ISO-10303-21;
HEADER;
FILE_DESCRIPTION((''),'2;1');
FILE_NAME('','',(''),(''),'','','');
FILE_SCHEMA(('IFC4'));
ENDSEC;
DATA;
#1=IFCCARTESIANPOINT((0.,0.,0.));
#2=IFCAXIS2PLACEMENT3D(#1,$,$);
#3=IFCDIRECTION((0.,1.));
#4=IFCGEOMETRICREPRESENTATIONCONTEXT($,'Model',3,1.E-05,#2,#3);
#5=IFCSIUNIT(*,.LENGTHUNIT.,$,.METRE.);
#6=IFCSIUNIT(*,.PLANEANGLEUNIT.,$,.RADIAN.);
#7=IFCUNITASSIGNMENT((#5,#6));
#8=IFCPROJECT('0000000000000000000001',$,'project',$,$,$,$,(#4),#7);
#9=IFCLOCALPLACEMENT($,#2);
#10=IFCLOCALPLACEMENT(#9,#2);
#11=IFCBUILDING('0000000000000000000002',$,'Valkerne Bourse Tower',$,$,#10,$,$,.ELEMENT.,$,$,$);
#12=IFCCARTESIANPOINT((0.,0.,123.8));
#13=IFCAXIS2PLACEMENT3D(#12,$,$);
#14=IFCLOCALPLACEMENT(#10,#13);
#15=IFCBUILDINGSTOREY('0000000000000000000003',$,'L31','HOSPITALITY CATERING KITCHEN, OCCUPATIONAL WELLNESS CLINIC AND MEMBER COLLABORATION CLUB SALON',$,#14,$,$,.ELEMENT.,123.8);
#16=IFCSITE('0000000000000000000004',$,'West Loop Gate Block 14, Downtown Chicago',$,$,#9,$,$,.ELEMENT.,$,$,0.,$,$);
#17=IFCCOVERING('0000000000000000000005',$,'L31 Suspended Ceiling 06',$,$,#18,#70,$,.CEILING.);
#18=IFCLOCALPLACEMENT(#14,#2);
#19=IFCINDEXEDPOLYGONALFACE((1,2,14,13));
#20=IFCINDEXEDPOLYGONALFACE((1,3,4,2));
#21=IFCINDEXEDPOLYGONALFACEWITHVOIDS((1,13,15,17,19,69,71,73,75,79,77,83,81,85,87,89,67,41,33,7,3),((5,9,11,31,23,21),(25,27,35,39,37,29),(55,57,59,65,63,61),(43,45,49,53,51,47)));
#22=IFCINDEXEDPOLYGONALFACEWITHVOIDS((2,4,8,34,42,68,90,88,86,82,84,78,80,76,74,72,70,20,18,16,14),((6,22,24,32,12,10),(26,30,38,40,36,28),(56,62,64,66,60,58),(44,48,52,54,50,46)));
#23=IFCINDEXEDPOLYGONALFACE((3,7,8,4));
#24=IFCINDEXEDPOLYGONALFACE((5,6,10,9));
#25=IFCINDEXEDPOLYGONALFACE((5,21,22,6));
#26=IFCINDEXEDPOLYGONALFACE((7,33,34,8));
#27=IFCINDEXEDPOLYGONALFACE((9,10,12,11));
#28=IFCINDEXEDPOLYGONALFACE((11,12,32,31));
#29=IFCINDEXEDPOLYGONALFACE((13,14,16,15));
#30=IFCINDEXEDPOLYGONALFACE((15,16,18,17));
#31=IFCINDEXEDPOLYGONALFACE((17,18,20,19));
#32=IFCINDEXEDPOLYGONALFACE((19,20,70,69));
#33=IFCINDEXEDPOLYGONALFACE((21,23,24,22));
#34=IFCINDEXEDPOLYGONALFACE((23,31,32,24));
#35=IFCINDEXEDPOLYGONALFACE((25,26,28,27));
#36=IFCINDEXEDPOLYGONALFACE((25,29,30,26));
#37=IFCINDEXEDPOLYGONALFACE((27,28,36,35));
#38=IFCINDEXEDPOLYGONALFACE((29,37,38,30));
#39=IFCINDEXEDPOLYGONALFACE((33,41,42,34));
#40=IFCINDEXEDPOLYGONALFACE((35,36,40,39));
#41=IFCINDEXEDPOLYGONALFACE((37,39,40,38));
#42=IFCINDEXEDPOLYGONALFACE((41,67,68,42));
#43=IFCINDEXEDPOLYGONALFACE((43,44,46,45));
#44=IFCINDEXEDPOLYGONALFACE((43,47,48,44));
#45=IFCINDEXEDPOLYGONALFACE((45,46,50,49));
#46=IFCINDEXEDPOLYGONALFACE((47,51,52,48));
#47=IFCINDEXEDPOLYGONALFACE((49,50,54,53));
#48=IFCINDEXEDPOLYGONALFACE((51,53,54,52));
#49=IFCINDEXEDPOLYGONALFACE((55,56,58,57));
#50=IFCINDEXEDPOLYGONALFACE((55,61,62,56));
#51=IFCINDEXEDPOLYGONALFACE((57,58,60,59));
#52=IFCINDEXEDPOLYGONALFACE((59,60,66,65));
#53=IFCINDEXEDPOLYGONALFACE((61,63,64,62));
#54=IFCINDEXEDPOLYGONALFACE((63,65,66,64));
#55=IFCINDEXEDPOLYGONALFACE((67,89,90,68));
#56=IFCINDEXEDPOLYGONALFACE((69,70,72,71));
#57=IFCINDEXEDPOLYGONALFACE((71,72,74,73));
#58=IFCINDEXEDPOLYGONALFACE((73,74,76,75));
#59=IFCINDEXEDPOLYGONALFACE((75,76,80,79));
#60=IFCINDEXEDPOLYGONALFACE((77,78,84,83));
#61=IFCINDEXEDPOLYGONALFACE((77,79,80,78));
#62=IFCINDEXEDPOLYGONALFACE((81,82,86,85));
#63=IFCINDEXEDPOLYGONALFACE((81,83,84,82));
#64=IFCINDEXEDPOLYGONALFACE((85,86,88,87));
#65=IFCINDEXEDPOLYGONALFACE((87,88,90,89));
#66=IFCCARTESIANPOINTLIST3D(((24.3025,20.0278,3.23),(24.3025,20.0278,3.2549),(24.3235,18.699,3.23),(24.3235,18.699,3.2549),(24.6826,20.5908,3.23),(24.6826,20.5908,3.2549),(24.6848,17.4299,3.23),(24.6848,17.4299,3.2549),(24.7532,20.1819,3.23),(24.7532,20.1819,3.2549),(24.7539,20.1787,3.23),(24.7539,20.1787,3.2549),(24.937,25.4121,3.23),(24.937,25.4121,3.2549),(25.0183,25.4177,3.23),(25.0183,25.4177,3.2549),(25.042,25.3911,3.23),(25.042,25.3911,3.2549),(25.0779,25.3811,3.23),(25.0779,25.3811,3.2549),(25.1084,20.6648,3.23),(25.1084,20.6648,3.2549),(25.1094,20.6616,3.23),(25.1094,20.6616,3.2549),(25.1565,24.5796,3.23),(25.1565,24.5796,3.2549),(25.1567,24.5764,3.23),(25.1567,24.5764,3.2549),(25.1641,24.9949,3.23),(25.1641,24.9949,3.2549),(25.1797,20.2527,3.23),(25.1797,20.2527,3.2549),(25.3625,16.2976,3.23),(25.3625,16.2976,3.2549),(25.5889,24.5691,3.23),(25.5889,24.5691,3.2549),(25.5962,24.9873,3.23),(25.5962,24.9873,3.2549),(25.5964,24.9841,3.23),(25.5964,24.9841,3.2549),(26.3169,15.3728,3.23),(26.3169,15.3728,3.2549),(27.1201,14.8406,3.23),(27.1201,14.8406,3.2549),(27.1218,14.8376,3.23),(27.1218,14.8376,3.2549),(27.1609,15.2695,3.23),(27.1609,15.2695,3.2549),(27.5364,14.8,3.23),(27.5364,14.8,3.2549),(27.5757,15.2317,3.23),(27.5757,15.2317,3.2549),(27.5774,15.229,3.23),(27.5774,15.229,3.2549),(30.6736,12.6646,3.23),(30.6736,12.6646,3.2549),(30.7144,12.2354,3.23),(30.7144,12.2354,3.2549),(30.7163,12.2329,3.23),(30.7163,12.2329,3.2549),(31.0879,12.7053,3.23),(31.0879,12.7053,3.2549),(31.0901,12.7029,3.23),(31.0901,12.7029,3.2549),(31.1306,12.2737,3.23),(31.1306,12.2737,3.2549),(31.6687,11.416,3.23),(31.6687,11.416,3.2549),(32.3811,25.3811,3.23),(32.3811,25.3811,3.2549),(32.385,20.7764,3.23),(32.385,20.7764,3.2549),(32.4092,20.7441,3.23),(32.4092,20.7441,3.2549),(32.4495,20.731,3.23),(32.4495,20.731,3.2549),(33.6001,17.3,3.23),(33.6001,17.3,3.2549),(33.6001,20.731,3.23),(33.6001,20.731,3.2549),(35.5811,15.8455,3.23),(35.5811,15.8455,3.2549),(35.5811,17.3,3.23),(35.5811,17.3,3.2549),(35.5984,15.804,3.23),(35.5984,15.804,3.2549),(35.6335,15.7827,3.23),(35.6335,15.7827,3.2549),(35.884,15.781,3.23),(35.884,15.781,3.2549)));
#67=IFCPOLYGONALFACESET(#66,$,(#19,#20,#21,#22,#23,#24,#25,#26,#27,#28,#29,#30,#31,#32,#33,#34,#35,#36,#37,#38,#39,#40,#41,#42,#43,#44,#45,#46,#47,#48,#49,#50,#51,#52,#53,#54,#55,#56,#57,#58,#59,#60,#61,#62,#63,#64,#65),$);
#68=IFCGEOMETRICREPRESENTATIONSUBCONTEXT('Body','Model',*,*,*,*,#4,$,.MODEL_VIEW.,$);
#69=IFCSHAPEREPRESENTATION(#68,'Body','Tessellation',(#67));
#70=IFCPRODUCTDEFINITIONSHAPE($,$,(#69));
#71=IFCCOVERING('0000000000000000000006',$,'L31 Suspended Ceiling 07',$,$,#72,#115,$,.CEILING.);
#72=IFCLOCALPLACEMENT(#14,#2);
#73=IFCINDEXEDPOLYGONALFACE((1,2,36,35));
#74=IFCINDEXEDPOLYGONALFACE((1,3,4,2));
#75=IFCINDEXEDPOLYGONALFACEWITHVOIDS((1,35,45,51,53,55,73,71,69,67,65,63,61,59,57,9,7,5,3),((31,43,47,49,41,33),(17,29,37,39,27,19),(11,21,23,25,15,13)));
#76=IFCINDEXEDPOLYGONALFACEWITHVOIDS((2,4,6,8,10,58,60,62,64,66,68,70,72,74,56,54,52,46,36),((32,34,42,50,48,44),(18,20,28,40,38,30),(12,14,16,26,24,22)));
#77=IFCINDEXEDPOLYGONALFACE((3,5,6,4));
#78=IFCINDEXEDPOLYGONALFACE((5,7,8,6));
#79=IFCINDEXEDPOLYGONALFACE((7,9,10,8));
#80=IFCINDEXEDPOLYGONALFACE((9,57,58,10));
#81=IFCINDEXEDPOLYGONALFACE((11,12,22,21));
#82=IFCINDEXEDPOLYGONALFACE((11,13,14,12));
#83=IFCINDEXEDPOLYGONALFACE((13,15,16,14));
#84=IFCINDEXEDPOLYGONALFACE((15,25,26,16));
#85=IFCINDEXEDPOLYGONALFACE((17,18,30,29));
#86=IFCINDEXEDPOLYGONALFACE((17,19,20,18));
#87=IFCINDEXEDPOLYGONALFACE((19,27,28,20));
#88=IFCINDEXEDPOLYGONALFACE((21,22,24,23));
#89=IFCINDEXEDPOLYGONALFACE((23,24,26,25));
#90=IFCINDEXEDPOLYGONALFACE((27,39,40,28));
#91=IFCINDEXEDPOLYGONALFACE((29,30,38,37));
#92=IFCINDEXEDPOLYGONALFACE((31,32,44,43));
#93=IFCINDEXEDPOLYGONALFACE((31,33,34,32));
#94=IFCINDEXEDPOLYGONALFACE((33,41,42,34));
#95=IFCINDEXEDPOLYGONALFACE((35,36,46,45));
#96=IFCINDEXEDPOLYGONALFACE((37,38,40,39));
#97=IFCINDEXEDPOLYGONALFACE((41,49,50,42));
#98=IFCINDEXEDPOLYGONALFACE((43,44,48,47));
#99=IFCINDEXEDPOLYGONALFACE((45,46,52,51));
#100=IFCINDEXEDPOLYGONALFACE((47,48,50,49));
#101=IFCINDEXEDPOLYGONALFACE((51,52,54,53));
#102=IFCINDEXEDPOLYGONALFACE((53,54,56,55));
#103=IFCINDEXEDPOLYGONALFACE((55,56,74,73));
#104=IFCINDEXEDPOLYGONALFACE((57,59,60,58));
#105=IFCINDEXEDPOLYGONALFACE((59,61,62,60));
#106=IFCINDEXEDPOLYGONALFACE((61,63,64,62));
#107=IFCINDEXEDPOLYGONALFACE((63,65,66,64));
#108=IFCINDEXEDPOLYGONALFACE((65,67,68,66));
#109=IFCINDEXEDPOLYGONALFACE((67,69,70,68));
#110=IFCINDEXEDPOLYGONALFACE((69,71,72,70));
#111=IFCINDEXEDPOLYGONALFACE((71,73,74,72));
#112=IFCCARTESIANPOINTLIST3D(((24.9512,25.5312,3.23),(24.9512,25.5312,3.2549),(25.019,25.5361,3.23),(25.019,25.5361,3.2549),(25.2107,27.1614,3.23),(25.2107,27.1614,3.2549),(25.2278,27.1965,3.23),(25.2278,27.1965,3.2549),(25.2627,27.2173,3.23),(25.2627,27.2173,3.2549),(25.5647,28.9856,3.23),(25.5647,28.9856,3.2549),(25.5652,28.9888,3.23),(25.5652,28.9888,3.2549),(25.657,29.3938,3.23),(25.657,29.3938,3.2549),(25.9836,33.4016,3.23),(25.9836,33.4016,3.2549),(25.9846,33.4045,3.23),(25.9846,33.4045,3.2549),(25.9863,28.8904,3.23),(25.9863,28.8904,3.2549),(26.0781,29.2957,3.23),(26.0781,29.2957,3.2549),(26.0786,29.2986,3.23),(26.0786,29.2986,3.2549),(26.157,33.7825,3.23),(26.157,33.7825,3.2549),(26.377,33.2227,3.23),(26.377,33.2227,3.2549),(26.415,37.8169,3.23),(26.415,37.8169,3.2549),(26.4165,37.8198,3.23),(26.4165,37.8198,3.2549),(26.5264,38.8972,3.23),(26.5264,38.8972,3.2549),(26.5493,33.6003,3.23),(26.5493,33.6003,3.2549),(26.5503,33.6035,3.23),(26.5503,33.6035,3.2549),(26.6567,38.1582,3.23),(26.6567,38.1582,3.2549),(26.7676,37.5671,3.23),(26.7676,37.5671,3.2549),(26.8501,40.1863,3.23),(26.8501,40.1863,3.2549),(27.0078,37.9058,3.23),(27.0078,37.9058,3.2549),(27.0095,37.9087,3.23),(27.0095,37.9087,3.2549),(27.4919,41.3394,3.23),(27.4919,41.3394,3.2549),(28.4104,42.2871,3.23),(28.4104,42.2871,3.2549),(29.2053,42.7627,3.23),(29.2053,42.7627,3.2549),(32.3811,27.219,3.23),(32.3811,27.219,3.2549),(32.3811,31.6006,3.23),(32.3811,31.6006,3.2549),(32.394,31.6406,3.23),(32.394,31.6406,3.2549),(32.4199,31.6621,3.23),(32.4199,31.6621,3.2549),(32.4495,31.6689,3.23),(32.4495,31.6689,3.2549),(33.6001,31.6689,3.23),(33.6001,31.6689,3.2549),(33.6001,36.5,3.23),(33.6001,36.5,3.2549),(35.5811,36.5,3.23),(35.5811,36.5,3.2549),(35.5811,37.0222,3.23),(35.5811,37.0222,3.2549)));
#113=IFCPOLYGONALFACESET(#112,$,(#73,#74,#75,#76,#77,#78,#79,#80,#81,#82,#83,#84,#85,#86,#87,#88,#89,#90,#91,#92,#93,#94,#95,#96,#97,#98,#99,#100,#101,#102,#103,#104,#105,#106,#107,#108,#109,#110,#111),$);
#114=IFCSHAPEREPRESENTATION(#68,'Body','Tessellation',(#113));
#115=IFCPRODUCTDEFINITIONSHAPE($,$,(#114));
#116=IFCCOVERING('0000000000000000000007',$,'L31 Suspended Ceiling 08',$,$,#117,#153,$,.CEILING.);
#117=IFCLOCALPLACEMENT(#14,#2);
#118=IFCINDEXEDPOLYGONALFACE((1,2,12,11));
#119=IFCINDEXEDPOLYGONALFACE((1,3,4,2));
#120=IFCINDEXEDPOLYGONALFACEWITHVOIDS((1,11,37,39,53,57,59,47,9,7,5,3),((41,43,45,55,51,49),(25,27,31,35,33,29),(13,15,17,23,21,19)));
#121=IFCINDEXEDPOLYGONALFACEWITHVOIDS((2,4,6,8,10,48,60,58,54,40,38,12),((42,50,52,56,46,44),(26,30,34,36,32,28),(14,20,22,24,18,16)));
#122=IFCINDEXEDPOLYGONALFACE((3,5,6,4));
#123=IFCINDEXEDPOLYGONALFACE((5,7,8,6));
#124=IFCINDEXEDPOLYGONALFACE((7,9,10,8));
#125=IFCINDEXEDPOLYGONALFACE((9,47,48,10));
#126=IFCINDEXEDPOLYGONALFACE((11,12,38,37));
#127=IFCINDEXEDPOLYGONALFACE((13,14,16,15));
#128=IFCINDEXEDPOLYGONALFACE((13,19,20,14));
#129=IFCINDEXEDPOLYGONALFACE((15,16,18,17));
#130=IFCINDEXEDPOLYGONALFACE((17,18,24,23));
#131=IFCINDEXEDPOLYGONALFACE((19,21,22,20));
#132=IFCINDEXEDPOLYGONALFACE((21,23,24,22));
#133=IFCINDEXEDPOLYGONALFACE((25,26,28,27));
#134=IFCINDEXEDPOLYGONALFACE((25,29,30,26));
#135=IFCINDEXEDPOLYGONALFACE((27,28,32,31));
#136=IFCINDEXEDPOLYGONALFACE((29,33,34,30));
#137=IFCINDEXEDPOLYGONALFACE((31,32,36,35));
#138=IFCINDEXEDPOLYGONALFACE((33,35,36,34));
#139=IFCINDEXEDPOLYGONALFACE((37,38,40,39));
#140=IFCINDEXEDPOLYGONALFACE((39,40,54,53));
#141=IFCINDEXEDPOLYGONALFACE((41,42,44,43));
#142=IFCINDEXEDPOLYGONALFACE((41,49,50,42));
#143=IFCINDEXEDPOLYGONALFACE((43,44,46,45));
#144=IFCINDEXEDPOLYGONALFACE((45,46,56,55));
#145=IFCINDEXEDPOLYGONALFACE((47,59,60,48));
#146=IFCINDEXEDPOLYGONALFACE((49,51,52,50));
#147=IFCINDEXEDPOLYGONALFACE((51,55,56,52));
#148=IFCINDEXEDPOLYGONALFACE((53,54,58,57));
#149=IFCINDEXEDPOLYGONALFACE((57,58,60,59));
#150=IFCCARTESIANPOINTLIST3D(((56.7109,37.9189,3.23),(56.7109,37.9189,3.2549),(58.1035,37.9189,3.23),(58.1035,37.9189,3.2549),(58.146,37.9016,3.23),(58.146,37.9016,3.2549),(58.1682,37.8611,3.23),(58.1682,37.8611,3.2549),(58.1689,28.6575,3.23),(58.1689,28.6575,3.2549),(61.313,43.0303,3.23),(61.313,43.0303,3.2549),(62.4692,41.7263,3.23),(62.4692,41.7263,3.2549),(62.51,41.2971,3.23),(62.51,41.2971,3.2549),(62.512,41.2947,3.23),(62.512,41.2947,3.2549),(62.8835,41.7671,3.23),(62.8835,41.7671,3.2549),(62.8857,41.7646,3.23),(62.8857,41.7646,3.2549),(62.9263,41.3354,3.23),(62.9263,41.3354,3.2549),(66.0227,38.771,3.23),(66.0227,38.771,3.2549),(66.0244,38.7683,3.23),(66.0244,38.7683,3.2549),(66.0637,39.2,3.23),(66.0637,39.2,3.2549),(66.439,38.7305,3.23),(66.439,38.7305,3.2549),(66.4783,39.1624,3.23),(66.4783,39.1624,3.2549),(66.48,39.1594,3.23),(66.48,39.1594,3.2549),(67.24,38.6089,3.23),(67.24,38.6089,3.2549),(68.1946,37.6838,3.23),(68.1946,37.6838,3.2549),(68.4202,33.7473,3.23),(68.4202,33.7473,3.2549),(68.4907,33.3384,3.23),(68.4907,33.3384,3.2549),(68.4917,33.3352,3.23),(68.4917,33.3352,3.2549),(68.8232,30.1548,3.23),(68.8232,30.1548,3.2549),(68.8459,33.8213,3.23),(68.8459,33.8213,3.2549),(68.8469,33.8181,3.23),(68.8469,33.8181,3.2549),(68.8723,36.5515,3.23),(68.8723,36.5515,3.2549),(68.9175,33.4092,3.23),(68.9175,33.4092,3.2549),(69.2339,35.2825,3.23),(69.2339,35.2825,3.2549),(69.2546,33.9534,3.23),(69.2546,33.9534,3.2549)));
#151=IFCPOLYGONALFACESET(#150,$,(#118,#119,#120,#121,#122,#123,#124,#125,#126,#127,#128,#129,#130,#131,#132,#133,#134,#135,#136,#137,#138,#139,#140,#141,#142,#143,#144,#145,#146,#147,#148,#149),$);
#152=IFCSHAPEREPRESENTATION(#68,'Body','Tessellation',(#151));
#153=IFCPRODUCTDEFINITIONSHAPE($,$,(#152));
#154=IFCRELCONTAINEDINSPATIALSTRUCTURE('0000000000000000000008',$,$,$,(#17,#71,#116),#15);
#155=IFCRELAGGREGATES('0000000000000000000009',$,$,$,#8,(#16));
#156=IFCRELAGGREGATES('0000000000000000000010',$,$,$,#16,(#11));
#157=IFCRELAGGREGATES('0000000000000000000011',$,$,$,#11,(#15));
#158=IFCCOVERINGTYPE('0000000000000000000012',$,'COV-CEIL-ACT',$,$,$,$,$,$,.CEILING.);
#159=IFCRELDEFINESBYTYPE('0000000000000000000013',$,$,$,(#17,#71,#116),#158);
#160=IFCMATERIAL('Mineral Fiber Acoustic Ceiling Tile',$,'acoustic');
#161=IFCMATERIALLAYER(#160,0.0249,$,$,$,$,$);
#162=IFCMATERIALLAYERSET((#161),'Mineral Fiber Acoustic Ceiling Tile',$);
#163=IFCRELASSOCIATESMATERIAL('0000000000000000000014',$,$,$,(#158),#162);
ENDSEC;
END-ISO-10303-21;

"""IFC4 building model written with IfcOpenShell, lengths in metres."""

from ifc_helpers import new_model, si_unit, direction, frame, origin, place, context, subcontext, project, spatial, polyline, outline, extrude, material, layer, layer_set, type_object, element, save


model = new_model("IFC4")

# Units and contexts
model_context = context("Model", 3, precision=1e-05, world=origin(), true_north=direction((0.0, 1.0)))
body_context = subcontext(model_context, "Body", "Model", "MODEL_VIEW")
ifc_project = project(units=[si_unit("LENGTHUNIT", "METRE"), si_unit("PLANEANGLEUNIT", "RADIAN")], contexts=[model_context])

# Site, building, storey
site_placement = place(None, origin())
site = spatial("IfcSite", under=ifc_project, at=site_placement, Name="West Loop Gate Block 14, Downtown Chicago", CompositionType="ELEMENT", RefElevation=0.0)
building_placement = place(site_placement, origin())
building = spatial("IfcBuilding", under=site, at=building_placement, Name="Valkerne Bourse Tower", CompositionType="ELEMENT")
storey_placement = place(building_placement, frame((0.0, 0.0, 123.8)))
storey = spatial("IfcBuildingStorey", under=building, at=storey_placement, Name="L31", Description="HOSPITALITY CATERING KITCHEN, OCCUPATIONAL WELLNESS CLINIC AND MEMBER COLLABORATION CLUB SALON", CompositionType="ELEMENT", Elevation=123.8)

# Coverings
ifc_material_1 = material(Name="Mineral Fiber Acoustic Ceiling Tile", Category="acoustic")
ifc_layer_1 = layer(ifc_material_1, 0.0249)
ifc_layer_set_1 = layer_set([ifc_layer_1], Name="Mineral Fiber Acoustic Ceiling Tile")
covering_type_1 = type_object("IfcCoveringType", Name="COV-CEIL-ACT", PredefinedType="CEILING", material=ifc_layer_set_1)
covering_1_placement = place(storey_placement, frame((0.0, 0.0, 3.23)))
element("IfcCovering", 1, at=covering_1_placement, inside=storey, type_object=covering_type_1, Name="L31 Suspended Ceiling 06", PredefinedType="CEILING", context=body_context, shape_type="SweptSolid", body=[
    extrude(outline(polyline([(24.6848, 17.4299), (24.3235, 18.699), (24.3025, 20.0278), (24.937, 25.4121), (25.0183, 25.4177), (25.042, 25.3911), (25.0779, 25.3811), (32.3811, 25.3811), (32.385, 20.7764), (32.4092, 20.7441), (32.4495, 20.731), (33.6001, 20.731), (33.6001, 17.3), (35.5811, 17.3), (35.5811, 15.8455), (35.5984, 15.804), (35.6335, 15.7827), (35.884, 15.781), (31.6687, 11.416), (26.3169, 15.3728), (25.3625, 16.2976), (24.6848, 17.4299)]), holes=[polyline([(31.1306, 12.2737), (31.0901, 12.7029), (31.0879, 12.7053), (30.6736, 12.6646), (30.7144, 12.2354), (30.7163, 12.2329), (31.1306, 12.2737)]), polyline([(27.5774, 15.229), (27.5757, 15.2317), (27.1609, 15.2695), (27.1201, 14.8406), (27.1218, 14.8376), (27.5364, 14.8), (27.5774, 15.229)]), polyline([(25.1094, 20.6616), (25.1084, 20.6648), (24.6826, 20.5908), (24.7532, 20.1819), (24.7539, 20.1787), (25.1797, 20.2527), (25.1094, 20.6616)]), polyline([(25.5962, 24.9873), (25.1641, 24.9949), (25.1565, 24.5796), (25.1567, 24.5764), (25.5889, 24.5691), (25.5964, 24.9841), (25.5962, 24.9873)])]), origin(), (0.0, 0.0, 1.0), 0.0249),
])
covering_2_placement = place(storey_placement, frame((0.0, 0.0, 3.23)))
element("IfcCovering", 2, at=covering_2_placement, inside=storey, type_object=covering_type_1, Name="L31 Suspended Ceiling 07", PredefinedType="CEILING", context=body_context, shape_type="SweptSolid", body=[
    extrude(outline(polyline([(27.4919, 41.3394), (28.4104, 42.2871), (29.2053, 42.7627), (35.5811, 37.0222), (35.5811, 36.5), (33.6001, 36.5), (33.6001, 31.6689), (32.4495, 31.6689), (32.4199, 31.6621), (32.394, 31.6406), (32.3811, 31.6006), (32.3811, 27.219), (25.2627, 27.2173), (25.2278, 27.1965), (25.2107, 27.1614), (25.019, 25.5361), (24.9512, 25.5312), (26.5264, 38.8972), (26.8501, 40.1863), (27.4919, 41.3394)]), holes=[polyline([(26.0781, 29.2957), (26.0786, 29.2986), (25.657, 29.3938), (25.5652, 28.9888), (25.5647, 28.9856), (25.9863, 28.8904), (26.0781, 29.2957)]), polyline([(26.5503, 33.6035), (26.157, 33.7825), (25.9846, 33.4045), (25.9836, 33.4016), (26.377, 33.2227), (26.5493, 33.6003), (26.5503, 33.6035)]), polyline([(27.0095, 37.9087), (26.6567, 38.1582), (26.4165, 37.8198), (26.415, 37.8169), (26.7676, 37.5671), (27.0078, 37.9058), (27.0095, 37.9087)])]), origin(), (0.0, 0.0, 1.0), 0.0249),
])
covering_3_placement = place(storey_placement, frame((0.0, 0.0, 3.23)))
element("IfcCovering", 3, at=covering_3_placement, inside=storey, type_object=covering_type_1, Name="L31 Suspended Ceiling 08", PredefinedType="CEILING", context=body_context, shape_type="SweptSolid", body=[
    extrude(outline(polyline([(68.8723, 36.5515), (69.2339, 35.2825), (69.2546, 33.9534), (68.8232, 30.1548), (58.1689, 28.6575), (58.1682, 37.8611), (58.146, 37.9016), (58.1035, 37.9189), (56.7109, 37.9189), (61.313, 43.0303), (67.24, 38.6089), (68.1946, 37.6838), (68.8723, 36.5515)]), holes=[polyline([(68.8469, 33.8181), (68.8459, 33.8213), (68.4202, 33.7473), (68.4907, 33.3384), (68.4917, 33.3352), (68.9175, 33.4092), (68.8469, 33.8181)]), polyline([(66.48, 39.1594), (66.4783, 39.1624), (66.0637, 39.2), (66.0227, 38.771), (66.0244, 38.7683), (66.439, 38.7305), (66.48, 39.1594)]), polyline([(62.9263, 41.3354), (62.8857, 41.7646), (62.8835, 41.7671), (62.4692, 41.7263), (62.51, 41.2971), (62.512, 41.2947), (62.9263, 41.3354)])]), origin(), (0.0, 0.0, 1.0), 0.0249),
])

save(model, "model.ifc")
